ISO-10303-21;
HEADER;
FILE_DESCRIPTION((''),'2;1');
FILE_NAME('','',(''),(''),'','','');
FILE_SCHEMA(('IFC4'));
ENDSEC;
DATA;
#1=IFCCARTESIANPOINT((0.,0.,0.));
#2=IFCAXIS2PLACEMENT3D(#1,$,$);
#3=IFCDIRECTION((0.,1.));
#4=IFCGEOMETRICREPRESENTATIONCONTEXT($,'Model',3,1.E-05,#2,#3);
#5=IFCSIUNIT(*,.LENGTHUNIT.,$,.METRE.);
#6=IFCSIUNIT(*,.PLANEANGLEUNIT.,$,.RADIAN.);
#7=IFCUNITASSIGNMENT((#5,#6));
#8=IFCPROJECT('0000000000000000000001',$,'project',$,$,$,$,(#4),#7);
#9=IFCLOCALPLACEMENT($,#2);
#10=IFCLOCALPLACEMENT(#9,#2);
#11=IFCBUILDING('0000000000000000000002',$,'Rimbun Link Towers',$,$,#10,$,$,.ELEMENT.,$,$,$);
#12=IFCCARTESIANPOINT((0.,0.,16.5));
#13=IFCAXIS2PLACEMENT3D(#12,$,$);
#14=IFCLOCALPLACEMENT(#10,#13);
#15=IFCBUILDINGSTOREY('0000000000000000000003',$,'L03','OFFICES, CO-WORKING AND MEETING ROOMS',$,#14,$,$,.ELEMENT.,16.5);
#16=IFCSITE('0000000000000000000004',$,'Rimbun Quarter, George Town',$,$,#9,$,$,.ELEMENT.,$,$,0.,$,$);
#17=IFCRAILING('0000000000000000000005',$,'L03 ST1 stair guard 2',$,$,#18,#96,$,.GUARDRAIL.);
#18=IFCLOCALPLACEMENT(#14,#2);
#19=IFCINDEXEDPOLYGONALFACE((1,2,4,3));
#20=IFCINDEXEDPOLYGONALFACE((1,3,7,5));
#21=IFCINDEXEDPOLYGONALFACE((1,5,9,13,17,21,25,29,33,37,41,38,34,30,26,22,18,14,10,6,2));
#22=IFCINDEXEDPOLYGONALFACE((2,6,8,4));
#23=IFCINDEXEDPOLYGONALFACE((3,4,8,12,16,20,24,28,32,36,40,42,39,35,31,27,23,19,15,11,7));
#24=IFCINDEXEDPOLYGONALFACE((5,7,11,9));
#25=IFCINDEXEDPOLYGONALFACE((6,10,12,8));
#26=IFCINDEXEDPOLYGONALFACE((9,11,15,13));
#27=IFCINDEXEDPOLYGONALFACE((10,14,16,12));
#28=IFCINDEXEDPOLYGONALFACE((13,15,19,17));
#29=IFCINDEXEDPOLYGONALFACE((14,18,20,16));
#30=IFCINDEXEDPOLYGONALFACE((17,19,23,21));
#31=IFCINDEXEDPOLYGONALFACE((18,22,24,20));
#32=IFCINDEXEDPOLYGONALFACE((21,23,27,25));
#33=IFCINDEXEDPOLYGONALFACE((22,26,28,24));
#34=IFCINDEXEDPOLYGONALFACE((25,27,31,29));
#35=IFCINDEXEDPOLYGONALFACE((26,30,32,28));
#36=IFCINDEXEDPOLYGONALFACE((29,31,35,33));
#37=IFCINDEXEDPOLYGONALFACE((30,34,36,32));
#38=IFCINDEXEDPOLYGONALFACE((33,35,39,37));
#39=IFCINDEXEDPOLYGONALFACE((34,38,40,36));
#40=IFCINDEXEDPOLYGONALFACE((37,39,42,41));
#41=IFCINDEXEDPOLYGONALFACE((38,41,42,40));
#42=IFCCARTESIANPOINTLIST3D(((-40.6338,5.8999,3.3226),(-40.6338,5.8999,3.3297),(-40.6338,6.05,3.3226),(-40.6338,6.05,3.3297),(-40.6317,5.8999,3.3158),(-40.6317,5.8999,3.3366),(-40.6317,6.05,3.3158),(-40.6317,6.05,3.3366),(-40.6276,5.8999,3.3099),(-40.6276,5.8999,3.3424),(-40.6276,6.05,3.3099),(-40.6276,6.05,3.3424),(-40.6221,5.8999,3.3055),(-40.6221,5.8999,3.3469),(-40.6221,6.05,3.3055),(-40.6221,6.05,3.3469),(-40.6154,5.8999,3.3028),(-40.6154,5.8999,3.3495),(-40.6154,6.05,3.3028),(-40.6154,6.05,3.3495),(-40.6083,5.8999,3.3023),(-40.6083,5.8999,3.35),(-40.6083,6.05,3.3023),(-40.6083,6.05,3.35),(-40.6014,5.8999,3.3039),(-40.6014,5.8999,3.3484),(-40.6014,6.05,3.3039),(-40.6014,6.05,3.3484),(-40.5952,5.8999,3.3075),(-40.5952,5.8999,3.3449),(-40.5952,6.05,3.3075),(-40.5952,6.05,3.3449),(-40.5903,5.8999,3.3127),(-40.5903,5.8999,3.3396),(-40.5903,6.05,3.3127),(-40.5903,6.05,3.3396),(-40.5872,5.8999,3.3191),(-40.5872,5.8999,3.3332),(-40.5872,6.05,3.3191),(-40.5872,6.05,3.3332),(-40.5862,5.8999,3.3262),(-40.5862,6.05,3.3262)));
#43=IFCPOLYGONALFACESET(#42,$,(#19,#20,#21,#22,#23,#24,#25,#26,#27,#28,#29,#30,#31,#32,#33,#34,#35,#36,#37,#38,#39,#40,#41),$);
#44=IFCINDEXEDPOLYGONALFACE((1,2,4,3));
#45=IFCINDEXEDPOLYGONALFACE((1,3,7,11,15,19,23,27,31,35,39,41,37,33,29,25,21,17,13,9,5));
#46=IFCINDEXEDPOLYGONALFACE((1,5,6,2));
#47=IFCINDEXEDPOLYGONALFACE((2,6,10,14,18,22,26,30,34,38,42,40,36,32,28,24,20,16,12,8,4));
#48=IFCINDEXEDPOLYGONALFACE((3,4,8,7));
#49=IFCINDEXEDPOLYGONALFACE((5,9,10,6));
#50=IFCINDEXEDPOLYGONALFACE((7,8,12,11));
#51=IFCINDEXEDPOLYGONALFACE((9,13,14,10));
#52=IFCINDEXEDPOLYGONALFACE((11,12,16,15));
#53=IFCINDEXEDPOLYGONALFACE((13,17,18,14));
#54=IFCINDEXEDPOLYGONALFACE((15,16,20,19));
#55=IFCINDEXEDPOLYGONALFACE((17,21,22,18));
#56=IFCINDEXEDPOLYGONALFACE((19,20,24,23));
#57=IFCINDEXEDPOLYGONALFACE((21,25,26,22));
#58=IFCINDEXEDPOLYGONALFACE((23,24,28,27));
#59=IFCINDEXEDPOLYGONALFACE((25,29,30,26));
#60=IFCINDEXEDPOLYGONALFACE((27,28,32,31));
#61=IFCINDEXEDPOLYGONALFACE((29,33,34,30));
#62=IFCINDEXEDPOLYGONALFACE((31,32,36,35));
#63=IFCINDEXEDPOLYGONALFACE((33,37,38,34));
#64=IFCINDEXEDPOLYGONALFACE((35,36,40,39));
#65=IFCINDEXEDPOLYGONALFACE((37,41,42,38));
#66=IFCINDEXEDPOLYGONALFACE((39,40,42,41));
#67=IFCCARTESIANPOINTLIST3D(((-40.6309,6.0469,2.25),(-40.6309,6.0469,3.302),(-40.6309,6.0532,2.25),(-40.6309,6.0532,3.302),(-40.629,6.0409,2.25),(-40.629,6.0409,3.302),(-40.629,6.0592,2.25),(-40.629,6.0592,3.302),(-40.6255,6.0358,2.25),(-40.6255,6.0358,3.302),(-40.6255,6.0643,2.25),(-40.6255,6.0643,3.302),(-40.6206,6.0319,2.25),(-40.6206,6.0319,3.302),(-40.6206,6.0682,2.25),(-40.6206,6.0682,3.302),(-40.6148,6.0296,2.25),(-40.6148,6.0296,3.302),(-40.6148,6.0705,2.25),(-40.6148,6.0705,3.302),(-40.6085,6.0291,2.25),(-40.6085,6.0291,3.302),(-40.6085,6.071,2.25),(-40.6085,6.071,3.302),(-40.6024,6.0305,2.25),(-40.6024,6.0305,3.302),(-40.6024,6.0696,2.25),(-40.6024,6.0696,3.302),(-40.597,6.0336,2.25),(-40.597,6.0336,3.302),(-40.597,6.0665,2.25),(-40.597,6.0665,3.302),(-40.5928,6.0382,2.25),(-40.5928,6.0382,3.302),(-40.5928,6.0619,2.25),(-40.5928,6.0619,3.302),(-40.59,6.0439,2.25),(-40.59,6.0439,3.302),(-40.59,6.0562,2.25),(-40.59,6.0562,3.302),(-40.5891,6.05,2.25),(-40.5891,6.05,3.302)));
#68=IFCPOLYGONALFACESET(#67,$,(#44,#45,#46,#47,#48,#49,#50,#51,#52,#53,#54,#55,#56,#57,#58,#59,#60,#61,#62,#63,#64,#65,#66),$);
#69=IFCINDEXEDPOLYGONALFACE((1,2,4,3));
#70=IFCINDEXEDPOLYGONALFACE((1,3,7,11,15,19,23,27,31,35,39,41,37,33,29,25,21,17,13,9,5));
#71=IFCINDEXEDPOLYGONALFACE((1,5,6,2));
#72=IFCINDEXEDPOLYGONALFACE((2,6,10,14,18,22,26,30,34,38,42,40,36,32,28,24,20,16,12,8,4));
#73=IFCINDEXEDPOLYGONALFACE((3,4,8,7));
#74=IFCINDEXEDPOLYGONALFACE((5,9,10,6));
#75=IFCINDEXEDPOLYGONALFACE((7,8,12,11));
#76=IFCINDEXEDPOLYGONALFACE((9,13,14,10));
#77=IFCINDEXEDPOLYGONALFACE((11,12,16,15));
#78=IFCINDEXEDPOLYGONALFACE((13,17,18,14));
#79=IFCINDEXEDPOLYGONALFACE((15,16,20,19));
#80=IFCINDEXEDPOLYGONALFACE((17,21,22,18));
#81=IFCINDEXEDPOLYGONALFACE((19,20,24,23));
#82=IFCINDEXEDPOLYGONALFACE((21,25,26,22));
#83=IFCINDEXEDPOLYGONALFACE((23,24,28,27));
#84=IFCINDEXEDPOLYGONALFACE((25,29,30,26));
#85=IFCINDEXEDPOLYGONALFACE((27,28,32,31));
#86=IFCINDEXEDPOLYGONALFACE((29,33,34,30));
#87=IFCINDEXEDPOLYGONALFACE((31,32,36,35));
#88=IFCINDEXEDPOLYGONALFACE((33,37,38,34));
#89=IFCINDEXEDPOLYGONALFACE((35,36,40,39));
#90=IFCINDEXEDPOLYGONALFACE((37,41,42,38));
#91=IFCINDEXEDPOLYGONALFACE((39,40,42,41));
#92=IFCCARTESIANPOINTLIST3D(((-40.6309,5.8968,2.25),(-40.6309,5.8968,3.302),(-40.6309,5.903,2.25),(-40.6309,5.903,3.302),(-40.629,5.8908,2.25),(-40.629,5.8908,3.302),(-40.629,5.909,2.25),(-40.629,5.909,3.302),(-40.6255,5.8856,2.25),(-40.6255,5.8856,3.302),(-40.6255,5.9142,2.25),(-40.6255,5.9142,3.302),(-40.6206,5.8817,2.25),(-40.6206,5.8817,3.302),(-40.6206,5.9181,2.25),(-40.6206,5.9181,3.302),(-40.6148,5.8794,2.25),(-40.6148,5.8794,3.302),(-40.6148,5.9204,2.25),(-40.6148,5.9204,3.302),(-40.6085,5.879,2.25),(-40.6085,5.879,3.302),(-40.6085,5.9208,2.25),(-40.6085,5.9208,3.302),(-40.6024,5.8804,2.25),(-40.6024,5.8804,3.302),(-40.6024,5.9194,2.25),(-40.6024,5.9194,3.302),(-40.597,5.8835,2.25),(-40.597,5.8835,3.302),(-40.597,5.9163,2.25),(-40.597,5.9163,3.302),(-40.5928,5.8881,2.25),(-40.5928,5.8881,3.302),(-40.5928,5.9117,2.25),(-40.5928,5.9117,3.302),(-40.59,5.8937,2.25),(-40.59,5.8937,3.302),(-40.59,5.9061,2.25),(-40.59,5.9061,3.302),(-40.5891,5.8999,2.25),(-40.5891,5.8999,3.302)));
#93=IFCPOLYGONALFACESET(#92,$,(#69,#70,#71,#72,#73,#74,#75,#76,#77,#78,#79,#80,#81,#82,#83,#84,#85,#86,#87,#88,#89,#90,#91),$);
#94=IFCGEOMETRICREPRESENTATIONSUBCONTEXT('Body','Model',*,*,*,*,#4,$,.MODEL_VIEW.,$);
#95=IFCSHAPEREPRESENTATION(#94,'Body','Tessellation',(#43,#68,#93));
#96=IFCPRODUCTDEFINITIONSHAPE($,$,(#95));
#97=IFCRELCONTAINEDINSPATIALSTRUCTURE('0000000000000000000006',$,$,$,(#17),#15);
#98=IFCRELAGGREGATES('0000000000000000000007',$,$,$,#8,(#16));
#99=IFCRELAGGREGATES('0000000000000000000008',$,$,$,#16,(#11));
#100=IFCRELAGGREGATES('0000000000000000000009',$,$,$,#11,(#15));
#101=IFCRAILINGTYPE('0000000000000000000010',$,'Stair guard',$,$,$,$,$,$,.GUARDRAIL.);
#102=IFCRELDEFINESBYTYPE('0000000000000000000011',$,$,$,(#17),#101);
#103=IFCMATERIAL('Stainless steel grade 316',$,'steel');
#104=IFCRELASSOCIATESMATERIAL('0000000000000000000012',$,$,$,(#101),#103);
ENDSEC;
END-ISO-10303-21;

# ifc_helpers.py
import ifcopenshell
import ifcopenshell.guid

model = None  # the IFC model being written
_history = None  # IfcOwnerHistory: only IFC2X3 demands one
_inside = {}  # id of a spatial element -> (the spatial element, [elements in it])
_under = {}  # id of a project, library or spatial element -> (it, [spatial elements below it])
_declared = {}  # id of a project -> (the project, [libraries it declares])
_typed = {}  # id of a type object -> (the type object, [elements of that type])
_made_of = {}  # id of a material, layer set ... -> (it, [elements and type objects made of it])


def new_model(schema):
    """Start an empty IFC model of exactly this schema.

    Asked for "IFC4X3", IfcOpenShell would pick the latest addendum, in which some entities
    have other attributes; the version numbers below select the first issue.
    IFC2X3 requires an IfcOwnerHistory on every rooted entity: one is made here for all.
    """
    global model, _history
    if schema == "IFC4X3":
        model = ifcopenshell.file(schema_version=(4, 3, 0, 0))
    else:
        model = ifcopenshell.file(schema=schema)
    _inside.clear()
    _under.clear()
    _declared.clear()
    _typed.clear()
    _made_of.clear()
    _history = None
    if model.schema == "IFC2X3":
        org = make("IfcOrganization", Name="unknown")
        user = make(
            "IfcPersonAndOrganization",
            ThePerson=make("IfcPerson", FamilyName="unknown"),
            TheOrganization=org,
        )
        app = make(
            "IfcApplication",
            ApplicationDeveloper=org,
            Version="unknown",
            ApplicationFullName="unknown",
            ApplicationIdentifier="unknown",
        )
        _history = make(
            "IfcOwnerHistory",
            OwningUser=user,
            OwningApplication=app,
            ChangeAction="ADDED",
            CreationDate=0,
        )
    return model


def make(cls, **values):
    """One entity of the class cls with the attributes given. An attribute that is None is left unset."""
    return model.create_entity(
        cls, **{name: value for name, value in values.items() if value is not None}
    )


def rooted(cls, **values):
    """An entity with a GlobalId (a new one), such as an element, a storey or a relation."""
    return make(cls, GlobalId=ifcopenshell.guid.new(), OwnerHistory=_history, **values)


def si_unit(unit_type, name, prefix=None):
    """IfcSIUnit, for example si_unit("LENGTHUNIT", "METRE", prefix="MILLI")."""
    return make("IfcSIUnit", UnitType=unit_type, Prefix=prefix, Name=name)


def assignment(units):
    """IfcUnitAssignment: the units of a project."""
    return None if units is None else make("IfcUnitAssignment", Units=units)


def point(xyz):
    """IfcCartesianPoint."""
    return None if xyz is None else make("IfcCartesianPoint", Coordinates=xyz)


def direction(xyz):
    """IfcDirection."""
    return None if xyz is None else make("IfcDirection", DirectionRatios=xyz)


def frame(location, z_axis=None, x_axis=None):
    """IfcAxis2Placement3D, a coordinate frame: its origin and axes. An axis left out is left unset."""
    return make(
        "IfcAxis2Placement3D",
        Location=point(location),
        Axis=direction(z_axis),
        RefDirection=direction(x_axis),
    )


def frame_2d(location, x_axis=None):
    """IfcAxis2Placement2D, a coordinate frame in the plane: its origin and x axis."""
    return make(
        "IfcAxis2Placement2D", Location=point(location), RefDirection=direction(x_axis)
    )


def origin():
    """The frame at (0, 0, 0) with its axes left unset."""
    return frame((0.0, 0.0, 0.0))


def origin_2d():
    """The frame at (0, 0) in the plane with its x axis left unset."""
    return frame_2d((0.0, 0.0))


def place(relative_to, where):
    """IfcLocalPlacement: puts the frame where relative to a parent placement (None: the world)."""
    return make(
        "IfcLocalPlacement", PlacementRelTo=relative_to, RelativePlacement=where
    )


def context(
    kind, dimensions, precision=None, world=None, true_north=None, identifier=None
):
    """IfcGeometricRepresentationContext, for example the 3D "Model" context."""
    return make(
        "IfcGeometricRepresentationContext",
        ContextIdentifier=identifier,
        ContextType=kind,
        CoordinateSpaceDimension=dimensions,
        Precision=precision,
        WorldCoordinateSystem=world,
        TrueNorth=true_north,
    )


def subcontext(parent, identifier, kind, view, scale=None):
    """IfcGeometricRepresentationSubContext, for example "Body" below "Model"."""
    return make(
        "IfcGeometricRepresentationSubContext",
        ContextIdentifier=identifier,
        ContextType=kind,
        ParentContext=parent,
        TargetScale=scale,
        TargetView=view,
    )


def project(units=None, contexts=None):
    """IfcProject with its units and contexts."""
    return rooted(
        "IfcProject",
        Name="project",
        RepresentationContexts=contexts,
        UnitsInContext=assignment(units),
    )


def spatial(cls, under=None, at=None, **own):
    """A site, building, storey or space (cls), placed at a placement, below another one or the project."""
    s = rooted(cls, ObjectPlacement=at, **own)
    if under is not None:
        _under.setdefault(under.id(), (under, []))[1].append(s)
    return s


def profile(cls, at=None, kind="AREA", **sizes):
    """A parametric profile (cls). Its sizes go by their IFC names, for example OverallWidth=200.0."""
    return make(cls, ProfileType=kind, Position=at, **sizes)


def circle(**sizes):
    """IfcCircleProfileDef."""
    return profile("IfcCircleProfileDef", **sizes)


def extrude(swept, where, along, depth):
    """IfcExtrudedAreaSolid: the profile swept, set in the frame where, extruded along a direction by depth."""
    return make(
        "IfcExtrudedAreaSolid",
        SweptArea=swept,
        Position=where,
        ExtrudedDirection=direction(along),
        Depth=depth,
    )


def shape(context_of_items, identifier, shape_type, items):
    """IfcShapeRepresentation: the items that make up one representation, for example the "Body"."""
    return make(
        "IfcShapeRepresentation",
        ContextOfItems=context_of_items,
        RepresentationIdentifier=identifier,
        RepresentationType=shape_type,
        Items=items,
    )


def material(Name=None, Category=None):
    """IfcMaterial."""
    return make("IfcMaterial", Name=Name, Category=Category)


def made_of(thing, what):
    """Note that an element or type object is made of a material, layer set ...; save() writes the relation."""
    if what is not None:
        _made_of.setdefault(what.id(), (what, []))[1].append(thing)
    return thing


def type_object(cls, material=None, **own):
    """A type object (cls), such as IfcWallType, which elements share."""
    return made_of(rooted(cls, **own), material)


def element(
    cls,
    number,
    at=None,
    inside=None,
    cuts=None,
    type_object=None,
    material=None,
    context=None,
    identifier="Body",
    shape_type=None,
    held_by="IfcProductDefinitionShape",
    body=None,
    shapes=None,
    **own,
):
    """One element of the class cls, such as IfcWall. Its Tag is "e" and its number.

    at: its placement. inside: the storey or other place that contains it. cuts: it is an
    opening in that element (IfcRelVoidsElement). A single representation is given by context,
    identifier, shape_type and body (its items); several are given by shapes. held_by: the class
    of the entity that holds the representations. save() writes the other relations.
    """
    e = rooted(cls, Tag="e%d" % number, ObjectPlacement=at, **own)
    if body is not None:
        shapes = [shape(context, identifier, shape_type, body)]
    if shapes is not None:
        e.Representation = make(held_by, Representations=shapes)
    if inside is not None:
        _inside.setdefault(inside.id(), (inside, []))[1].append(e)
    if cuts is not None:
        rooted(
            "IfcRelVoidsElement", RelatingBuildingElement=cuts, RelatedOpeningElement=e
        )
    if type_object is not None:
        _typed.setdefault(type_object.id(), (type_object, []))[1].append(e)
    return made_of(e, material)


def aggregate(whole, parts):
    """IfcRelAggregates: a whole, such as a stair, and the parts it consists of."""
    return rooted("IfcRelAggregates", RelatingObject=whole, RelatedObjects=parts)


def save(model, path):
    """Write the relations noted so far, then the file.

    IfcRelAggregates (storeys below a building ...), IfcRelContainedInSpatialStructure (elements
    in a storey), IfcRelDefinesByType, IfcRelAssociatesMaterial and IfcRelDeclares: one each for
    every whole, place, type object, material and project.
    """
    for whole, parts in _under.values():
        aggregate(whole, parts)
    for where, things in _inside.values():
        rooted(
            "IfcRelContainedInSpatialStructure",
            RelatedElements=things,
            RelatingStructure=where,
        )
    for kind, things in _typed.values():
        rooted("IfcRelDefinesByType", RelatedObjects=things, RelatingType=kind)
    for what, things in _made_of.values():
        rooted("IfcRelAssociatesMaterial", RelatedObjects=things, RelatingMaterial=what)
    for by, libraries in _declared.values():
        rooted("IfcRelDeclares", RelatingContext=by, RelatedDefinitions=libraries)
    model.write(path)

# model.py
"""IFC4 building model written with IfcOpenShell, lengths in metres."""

from ifc_helpers import new_model, si_unit, direction, frame, origin, origin_2d, place, context, subcontext, project, spatial, circle, extrude, material, type_object, element, save


model = new_model("IFC4")

# Units and contexts
model_context = context("Model", 3, precision=1e-05, world=origin(), true_north=direction((0.0, 1.0)))
body_context = subcontext(model_context, "Body", "Model", "MODEL_VIEW")
ifc_project = project(units=[si_unit("LENGTHUNIT", "METRE"), si_unit("PLANEANGLEUNIT", "RADIAN")], contexts=[model_context])

# Site, building, storey
site_placement = place(None, origin())
site = spatial("IfcSite", under=ifc_project, at=site_placement, Name="Rimbun Quarter, George Town", CompositionType="ELEMENT", RefElevation=0.0)
building_placement = place(site_placement, origin())
building = spatial("IfcBuilding", under=site, at=building_placement, Name="Rimbun Link Towers", CompositionType="ELEMENT")
storey_placement = place(building_placement, frame((0.0, 0.0, 16.5)))
storey = spatial("IfcBuildingStorey", under=building, at=storey_placement, Name="L03", Description="OFFICES, CO-WORKING AND MEETING ROOMS", CompositionType="ELEMENT", Elevation=16.5)

# Railing
ifc_material_1 = material(Name="Stainless steel grade 316", Category="steel")
railing_type_1 = type_object("IfcRailingType", Name="Stair guard", PredefinedType="GUARDRAIL", material=ifc_material_1)
railing_1_placement = place(storey_placement, frame((-40.6101, 6.05, 2.25)))
element("IfcRailing", 1, at=railing_1_placement, inside=storey, type_object=railing_type_1, Name="L03 ST1 stair guard 2", PredefinedType="GUARDRAIL", context=body_context, shape_type="SweptSolid", body=[
    extrude(circle(Radius=0.0239, at=origin_2d()), frame((0.0, 0.0, 1.0762), z_axis=(0.0, -1.0, 0.0), x_axis=(1.0, 0.0, 0.0)), (0.0, 0.0, 1.0), 0.1501),
    extrude(circle(Radius=0.021, at=origin_2d()), origin(), (0.0, 0.0, 1.0), 1.052),
    extrude(circle(Radius=0.021, at=origin_2d()), frame((0.0, -0.1501, 0.0)), (0.0, 0.0, 1.0), 1.052),
])

save(model, "model.ifc")
